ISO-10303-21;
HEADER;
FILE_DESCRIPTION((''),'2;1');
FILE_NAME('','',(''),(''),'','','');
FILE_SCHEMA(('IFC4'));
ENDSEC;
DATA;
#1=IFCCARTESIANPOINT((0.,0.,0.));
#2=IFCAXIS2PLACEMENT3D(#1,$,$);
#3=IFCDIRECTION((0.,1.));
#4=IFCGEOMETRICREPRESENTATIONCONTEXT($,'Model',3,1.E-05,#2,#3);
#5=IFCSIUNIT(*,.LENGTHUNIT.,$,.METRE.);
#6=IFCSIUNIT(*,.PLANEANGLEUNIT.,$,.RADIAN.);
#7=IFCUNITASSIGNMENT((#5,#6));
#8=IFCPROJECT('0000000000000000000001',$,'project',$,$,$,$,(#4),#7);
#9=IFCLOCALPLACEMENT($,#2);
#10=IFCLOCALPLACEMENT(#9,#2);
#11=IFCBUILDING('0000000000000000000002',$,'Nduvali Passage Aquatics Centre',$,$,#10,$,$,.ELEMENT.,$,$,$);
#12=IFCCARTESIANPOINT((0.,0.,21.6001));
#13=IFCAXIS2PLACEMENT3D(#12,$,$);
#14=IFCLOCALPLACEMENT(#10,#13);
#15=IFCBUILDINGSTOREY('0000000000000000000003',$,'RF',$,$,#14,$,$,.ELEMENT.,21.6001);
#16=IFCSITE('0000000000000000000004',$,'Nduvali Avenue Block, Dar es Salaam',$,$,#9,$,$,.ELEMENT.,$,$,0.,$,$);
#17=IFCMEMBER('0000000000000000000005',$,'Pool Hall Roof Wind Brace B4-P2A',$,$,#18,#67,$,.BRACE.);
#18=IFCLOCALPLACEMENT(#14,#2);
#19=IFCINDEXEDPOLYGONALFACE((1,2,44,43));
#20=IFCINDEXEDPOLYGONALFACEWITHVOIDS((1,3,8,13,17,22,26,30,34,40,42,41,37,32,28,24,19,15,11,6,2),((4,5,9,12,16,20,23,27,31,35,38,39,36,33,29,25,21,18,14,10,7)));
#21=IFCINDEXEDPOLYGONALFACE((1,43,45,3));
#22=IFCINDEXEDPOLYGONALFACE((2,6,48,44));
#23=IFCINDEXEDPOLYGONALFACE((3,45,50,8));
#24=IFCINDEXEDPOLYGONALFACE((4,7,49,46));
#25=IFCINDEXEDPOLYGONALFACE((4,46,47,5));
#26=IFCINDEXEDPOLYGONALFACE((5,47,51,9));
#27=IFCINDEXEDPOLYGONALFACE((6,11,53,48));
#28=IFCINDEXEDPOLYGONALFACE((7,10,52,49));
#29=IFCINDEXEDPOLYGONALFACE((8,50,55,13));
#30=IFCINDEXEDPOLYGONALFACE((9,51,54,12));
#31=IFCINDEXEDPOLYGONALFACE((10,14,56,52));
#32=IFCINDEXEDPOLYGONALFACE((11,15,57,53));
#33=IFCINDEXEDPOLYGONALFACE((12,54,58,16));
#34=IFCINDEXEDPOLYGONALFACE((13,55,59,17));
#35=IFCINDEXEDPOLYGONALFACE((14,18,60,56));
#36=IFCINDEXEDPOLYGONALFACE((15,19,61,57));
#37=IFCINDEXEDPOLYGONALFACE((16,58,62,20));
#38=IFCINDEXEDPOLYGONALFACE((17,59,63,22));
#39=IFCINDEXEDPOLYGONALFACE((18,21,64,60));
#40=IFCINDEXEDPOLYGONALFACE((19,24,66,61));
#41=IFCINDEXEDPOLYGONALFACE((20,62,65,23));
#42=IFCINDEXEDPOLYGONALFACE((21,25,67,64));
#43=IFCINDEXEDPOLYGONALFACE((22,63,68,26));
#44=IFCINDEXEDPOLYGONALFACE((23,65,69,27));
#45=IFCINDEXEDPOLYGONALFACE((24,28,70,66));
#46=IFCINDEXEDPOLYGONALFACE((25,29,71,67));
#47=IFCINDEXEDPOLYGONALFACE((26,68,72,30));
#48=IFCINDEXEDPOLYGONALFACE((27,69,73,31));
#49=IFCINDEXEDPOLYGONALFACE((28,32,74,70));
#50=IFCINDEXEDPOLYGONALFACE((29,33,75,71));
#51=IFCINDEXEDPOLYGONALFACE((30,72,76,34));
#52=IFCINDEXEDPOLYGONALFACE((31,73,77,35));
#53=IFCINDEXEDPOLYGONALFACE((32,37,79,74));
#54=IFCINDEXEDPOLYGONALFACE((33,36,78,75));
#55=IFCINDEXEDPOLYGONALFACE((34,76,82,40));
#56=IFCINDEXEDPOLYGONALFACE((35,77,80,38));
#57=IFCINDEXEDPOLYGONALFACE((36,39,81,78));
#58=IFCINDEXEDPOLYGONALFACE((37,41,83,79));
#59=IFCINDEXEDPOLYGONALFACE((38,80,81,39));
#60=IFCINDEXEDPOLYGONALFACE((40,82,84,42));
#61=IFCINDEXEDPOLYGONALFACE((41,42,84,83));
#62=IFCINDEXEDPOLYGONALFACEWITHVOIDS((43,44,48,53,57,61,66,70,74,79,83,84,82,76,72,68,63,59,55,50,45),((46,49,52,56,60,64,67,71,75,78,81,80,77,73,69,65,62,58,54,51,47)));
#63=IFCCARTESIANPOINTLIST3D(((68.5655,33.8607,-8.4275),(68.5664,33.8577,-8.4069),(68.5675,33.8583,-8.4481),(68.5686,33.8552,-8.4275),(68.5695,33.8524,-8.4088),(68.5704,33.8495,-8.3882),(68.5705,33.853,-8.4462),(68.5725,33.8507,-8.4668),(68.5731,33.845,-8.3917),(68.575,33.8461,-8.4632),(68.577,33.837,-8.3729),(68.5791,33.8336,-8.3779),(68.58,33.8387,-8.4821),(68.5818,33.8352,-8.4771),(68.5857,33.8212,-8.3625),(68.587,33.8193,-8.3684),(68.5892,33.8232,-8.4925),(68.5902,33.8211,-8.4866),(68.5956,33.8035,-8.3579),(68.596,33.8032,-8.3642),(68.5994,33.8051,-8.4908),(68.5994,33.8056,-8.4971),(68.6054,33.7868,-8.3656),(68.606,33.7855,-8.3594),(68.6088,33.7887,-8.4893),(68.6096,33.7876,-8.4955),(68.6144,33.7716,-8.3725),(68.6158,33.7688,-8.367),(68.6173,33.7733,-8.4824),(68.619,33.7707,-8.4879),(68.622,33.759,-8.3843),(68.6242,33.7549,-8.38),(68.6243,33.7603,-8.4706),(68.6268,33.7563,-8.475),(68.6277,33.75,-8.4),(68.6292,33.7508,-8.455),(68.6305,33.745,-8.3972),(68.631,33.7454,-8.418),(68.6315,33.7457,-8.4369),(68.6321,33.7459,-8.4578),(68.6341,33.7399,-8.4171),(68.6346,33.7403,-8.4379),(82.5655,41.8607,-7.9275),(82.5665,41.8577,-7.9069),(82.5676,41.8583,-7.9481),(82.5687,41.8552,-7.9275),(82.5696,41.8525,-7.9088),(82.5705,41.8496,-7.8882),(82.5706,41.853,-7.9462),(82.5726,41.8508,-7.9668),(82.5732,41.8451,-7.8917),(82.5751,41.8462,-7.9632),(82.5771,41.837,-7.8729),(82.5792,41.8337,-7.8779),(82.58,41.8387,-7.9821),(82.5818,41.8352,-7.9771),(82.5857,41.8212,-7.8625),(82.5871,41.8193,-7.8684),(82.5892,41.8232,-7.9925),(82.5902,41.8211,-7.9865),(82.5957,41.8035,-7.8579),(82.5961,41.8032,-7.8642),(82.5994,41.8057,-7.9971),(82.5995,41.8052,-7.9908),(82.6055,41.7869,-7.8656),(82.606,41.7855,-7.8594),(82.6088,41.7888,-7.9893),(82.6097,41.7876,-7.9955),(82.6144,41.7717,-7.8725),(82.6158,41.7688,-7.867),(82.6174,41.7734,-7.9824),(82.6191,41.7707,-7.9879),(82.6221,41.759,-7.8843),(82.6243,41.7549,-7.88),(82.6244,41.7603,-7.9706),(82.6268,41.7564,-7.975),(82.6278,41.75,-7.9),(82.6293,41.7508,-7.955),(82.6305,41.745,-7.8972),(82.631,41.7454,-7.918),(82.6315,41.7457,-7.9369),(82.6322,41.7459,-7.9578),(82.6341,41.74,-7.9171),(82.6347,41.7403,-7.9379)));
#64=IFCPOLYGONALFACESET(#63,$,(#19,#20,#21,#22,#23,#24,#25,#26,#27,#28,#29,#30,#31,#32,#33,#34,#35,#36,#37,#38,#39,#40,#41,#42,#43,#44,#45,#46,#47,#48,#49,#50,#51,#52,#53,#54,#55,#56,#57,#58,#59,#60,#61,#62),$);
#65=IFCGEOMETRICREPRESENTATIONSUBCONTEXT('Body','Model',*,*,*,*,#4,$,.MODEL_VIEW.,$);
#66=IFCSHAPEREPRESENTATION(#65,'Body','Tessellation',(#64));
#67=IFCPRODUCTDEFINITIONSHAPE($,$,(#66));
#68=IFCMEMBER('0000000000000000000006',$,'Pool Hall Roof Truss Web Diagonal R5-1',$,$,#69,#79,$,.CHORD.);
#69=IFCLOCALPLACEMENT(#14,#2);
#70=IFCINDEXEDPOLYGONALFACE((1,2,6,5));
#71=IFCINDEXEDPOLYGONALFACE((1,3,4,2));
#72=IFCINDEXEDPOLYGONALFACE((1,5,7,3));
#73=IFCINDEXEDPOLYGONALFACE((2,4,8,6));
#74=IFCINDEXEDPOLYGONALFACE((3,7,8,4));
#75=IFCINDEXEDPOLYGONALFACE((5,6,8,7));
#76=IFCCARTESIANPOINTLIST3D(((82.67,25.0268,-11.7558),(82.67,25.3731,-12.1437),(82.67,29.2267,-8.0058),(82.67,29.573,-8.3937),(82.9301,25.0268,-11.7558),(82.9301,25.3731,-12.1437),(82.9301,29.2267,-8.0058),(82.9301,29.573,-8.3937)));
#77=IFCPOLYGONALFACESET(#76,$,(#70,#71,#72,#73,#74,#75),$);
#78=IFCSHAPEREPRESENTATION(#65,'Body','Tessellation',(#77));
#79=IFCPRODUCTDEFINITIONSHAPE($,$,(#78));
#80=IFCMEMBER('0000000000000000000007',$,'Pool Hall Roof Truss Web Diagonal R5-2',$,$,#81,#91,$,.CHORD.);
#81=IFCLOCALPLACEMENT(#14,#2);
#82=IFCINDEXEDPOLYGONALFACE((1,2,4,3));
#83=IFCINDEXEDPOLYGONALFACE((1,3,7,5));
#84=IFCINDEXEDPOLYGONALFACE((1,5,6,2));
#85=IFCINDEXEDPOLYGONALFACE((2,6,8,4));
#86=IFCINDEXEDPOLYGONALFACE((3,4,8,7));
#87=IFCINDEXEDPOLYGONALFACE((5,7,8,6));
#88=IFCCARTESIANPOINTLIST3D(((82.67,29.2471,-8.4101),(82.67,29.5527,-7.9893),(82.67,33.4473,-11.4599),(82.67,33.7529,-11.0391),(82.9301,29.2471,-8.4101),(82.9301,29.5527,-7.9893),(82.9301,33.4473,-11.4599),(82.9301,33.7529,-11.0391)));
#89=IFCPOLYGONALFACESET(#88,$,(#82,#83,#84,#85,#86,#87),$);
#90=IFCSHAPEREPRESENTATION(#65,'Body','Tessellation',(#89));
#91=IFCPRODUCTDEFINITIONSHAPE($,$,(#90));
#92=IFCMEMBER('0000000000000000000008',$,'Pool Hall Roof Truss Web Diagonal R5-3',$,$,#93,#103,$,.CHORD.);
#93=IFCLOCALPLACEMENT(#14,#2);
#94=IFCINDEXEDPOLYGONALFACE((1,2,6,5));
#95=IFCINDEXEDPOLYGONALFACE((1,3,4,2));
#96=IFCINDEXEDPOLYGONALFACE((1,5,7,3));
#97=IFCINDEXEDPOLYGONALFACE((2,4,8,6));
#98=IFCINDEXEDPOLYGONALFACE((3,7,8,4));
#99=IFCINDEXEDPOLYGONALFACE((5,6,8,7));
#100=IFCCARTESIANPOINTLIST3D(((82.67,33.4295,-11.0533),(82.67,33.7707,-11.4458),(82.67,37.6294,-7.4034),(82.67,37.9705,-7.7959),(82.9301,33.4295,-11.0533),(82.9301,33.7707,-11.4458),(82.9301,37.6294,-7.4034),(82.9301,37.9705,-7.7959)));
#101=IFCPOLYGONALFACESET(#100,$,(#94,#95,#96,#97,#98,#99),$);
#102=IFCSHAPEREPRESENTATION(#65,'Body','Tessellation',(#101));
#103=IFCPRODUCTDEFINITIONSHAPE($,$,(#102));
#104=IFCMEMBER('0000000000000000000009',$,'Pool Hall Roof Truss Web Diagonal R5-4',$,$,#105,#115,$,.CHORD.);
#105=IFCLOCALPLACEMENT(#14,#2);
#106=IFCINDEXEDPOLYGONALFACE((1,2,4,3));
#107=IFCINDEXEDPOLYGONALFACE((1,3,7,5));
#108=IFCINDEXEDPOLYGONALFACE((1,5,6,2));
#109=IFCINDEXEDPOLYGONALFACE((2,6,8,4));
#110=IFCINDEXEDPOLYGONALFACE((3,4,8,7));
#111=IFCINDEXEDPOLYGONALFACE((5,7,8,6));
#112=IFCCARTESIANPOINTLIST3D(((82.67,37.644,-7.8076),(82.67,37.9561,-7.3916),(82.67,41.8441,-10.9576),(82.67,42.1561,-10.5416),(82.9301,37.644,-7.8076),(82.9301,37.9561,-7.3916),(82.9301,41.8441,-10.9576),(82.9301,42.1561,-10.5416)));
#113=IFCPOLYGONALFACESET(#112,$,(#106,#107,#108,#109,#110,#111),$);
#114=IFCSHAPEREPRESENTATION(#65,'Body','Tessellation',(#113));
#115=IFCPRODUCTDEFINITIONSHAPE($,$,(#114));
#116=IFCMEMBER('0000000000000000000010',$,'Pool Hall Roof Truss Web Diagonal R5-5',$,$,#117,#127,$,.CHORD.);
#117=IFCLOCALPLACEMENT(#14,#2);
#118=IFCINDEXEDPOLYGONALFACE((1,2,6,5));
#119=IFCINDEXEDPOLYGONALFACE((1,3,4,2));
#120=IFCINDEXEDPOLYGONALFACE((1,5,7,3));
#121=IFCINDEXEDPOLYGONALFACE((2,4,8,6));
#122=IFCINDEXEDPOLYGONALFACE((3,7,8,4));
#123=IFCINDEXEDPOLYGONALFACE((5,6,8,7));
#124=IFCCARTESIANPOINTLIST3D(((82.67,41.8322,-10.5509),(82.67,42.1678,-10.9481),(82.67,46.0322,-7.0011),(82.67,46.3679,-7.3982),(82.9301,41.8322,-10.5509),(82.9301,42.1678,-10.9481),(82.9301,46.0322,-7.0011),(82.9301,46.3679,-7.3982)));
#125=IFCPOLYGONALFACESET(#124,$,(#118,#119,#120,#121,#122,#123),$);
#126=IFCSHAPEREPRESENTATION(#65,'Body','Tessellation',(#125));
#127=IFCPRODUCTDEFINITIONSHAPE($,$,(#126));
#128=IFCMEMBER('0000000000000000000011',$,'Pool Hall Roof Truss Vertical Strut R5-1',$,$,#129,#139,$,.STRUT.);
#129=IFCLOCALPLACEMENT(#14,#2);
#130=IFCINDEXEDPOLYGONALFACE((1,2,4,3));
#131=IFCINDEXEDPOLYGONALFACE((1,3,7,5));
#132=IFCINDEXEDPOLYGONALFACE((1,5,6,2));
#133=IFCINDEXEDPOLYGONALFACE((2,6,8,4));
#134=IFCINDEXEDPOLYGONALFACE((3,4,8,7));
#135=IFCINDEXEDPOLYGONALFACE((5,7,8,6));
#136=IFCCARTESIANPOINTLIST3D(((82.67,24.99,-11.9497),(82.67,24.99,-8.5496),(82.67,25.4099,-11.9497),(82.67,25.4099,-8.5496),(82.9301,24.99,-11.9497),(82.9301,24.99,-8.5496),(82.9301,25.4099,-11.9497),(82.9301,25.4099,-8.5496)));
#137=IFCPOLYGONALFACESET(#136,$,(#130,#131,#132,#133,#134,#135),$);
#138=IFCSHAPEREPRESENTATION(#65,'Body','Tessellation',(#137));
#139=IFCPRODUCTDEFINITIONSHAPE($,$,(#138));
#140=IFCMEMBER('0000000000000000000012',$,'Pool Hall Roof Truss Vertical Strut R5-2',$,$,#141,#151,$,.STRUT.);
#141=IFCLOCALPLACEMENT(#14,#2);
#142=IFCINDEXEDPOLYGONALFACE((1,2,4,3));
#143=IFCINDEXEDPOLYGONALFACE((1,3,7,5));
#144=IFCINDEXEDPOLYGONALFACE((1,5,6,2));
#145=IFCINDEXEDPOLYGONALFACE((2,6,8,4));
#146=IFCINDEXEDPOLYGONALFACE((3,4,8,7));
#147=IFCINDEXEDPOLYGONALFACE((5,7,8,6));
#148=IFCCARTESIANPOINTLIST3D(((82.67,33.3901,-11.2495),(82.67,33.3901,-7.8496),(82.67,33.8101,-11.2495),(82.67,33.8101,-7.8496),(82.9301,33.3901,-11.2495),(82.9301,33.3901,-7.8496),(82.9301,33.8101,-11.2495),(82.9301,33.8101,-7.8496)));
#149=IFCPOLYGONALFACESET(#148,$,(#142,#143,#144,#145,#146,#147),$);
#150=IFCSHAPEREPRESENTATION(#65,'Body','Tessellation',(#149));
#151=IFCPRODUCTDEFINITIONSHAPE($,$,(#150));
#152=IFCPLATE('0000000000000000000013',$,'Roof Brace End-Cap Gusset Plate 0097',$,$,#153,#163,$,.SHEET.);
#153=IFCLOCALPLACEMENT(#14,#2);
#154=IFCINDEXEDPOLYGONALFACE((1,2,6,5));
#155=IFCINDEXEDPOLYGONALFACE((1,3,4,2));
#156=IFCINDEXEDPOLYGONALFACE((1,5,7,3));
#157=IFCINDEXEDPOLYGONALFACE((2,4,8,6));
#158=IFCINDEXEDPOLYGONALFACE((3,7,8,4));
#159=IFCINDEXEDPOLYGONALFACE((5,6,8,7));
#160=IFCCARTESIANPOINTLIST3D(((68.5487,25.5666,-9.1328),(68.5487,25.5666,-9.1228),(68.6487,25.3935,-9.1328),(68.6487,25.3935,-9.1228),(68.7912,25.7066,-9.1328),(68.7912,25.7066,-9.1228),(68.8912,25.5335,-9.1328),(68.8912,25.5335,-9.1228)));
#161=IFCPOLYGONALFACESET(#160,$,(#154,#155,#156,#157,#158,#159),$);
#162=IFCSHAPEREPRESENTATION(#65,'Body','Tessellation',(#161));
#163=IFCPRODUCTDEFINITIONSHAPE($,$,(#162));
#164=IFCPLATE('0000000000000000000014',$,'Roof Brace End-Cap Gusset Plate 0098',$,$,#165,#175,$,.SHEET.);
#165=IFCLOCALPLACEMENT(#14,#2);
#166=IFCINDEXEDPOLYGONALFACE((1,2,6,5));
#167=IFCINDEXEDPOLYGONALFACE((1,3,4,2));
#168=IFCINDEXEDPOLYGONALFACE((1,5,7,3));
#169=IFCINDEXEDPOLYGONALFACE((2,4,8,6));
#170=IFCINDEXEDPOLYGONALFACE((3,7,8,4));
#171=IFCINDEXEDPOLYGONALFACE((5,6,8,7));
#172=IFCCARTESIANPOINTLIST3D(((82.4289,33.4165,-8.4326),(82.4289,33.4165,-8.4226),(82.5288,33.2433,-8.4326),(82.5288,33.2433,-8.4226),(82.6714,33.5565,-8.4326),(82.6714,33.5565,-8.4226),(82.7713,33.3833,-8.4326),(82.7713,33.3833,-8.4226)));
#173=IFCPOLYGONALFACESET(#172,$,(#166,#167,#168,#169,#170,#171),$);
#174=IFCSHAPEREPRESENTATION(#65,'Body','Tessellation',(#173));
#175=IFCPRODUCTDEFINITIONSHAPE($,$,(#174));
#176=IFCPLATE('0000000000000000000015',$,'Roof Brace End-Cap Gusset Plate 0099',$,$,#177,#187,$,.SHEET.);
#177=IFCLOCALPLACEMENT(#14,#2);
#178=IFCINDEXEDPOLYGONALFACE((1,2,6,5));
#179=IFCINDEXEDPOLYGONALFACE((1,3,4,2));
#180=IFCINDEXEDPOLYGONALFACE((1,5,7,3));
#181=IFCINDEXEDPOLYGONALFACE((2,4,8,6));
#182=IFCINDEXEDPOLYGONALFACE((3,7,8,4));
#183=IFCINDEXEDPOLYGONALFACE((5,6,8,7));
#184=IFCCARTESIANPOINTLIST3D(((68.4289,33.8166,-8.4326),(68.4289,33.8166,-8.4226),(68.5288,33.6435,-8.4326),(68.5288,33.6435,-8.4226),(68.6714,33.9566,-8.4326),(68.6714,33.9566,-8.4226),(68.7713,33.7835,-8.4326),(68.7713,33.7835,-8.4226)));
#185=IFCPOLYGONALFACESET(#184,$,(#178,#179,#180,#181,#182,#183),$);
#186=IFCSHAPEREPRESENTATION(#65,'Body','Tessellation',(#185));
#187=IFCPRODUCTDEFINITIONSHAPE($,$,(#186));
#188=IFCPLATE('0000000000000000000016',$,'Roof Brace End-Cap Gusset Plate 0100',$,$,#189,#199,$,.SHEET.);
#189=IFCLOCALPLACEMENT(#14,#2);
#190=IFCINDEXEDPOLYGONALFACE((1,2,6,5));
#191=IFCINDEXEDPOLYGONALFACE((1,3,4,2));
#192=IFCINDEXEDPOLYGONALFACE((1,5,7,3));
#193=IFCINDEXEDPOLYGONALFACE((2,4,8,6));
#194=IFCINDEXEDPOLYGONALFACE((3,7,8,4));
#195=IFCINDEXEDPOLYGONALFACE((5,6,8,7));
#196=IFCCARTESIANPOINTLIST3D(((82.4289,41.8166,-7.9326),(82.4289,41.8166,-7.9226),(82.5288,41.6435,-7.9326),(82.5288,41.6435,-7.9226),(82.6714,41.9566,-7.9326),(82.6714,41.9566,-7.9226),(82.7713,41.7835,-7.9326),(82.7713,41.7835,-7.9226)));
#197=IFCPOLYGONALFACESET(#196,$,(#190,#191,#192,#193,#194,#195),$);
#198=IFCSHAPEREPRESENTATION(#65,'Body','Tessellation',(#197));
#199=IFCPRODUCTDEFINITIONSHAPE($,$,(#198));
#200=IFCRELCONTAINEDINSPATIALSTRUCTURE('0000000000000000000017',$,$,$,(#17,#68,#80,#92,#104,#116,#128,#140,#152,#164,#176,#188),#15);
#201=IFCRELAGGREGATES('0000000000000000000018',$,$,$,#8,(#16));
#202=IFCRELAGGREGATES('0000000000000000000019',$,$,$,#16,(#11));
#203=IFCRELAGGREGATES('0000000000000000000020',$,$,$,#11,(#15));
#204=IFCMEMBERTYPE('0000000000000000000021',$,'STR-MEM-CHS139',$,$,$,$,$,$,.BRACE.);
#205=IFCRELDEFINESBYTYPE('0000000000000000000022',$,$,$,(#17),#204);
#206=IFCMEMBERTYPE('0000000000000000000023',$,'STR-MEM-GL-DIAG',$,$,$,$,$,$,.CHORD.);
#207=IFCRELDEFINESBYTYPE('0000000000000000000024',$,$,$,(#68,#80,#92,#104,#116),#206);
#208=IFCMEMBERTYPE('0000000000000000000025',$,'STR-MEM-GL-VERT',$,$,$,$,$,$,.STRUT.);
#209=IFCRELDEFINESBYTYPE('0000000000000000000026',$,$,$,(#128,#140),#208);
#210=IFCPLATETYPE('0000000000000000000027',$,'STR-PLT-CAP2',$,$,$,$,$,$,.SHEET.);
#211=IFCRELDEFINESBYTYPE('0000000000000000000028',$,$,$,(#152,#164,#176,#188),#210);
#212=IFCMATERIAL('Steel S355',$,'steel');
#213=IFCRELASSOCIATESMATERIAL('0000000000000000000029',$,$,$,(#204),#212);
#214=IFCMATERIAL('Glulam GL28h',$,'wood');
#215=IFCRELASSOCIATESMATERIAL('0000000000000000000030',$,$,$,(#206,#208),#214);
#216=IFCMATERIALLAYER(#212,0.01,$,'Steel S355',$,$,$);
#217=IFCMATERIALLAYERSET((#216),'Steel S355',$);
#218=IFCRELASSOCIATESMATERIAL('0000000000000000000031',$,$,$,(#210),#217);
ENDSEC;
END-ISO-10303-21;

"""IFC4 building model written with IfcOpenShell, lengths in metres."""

from ifc_helpers import new_model, si_unit, direction, frame, origin, origin_2d, place, context, subcontext, project, spatial, rectangle, hollow_circle, extrude, material, layer, layer_set, material_profile, profile_set, type_object, element, save


model = new_model("IFC4")

# Units and contexts
model_context = context("Model", 3, precision=1e-05, world=origin(), true_north=direction((0.0, 1.0)))
body_context = subcontext(model_context, "Body", "Model", "MODEL_VIEW")
ifc_project = project(units=[si_unit("LENGTHUNIT", "METRE"), si_unit("PLANEANGLEUNIT", "RADIAN")], contexts=[model_context])

# Site, building, storey
site_placement = place(None, origin())
site = spatial("IfcSite", under=ifc_project, at=site_placement, Name="Nduvali Avenue Block, Dar es Salaam", CompositionType="ELEMENT", RefElevation=0.0)
building_placement = place(site_placement, origin())
building = spatial("IfcBuilding", under=site, at=building_placement, Name="Nduvali Passage Aquatics Centre", CompositionType="ELEMENT")
storey_placement = place(building_placement, frame((0.0, 0.0, 21.6001)))
storey = spatial("IfcBuildingStorey", under=building, at=storey_placement, Name="RF", CompositionType="ELEMENT", Elevation=21.6001)

# Members
ifc_material_1 = material(Name="Steel S355", Category="steel")
ifc_material_profile_1 = material_profile(ifc_material_1, hollow_circle(Radius=0.0698, WallThickness=0.0063, at=origin_2d()), Name="CHS 139.7x6.3")
ifc_profile_set_1 = profile_set([ifc_material_profile_1], Name="Steel S355")
member_type_1 = type_object("IfcMemberType", Name="STR-MEM-CHS139", PredefinedType="BRACE", material=ifc_profile_set_1)
member_1_placement = place(storey_placement, frame((68.6001, 33.8, -8.4275), z_axis=(0.867826, 0.495901, 0.030994), x_axis=(-0.496139, 0.868243, 0.0)))
element("IfcMember", 1, at=member_1_placement, inside=storey, type_object=member_type_1, Name="Pool Hall Roof Wind Brace B4-P2A", PredefinedType="BRACE", context=body_context, shape_type="SweptSolid", body=[
    extrude(hollow_circle(Radius=0.0698, WallThickness=0.0063, at=origin_2d()), origin(), (0.0, 0.0, 1.0), 16.1323),
])
ifc_material_2 = material(Name="Glulam GL28h", Category="wood")
ifc_material_profile_2 = material_profile(ifc_material_2, rectangle(XDim=0.26, YDim=0.52, at=origin_2d()), Name="GL28h 260x520")
ifc_profile_set_2 = profile_set([ifc_material_profile_2], Name="Glulam GL28h")
member_type_2 = type_object("IfcMemberType", Name="STR-MEM-GL-DIAG", PredefinedType="CHORD", material=ifc_profile_set_2)
member_2_placement = place(storey_placement, frame((82.8, 25.2, -11.9497), z_axis=(0.0, 0.745934, 0.66602), x_axis=(-1.0, 0.0, 0.0)))
element("IfcMember", 2, at=member_2_placement, inside=storey, type_object=member_type_2, Name="Pool Hall Roof Truss Web Diagonal R5-1", PredefinedType="CHORD", context=body_context, shape_type="SweptSolid", body=[
    extrude(rectangle(XDim=0.26, YDim=0.52, at=origin_2d()), origin(), (0.0, 0.0, 1.0), 5.6304),
])
member_3_placement = place(storey_placement, frame((82.8, 29.3999, -8.1997), z_axis=(0.0, 0.809183, -0.587556), x_axis=(-1.0, 0.0, 0.0)))
element("IfcMember", 3, at=member_3_placement, inside=storey, type_object=member_type_2, Name="Pool Hall Roof Truss Web Diagonal R5-2", PredefinedType="CHORD", context=body_context, shape_type="SweptSolid", body=[
    extrude(rectangle(XDim=0.26, YDim=0.52, at=origin_2d()), origin(), (0.0, 0.0, 1.0), 5.1907),
])
member_4_placement = place(storey_placement, frame((82.8, 33.6001, -11.2495), z_axis=(0.0, 0.754804, 0.655951), x_axis=(-1.0, 0.0, 0.0)))
element("IfcMember", 4, at=member_4_placement, inside=storey, type_object=member_type_2, Name="Pool Hall Roof Truss Web Diagonal R5-3", PredefinedType="CHORD", context=body_context, shape_type="SweptSolid", body=[
    extrude(rectangle(XDim=0.26, YDim=0.52, at=origin_2d()), origin(), (0.0, 0.0, 1.0), 5.5642),
])
member_5_placement = place(storey_placement, frame((82.8, 37.8, -7.5996), z_axis=(0.0, 0.800006, -0.599993), x_axis=(-1.0, 0.0, 0.0)))
element("IfcMember", 5, at=member_5_placement, inside=storey, type_object=member_type_2, Name="Pool Hall Roof Truss Web Diagonal R5-4", PredefinedType="CHORD", context=body_context, shape_type="SweptSolid", body=[
    extrude(rectangle(XDim=0.26, YDim=0.52, at=origin_2d()), origin(), (0.0, 0.0, 1.0), 5.25),
])
member_6_placement = place(storey_placement, frame((82.8, 42.0, -10.7495), z_axis=(0.0, 0.763745, 0.645518), x_axis=(-1.0, 0.0, 0.0)))
element("IfcMember", 6, at=member_6_placement, inside=storey, type_object=member_type_2, Name="Pool Hall Roof Truss Web Diagonal R5-5", PredefinedType="CHORD", context=body_context, shape_type="SweptSolid", body=[
    extrude(rectangle(XDim=0.26, YDim=0.52, at=origin_2d()), origin(), (0.0, 0.0, 1.0), 5.4993),
])
ifc_material_profile_3 = material_profile(ifc_material_2, rectangle(XDim=0.26, YDim=0.4199, at=origin_2d()), Name="GL28h 260x420")
ifc_profile_set_3 = profile_set([ifc_material_profile_3], Name="Glulam GL28h")
member_type_3 = type_object("IfcMemberType", Name="STR-MEM-GL-VERT", PredefinedType="STRUT", material=ifc_profile_set_3)
member_7_placement = place(storey_placement, frame((82.8, 25.2, -11.9497), z_axis=(0.0, 0.0, 1.0), x_axis=(1.0, 0.0, 0.0)))
element("IfcMember", 7, at=member_7_placement, inside=storey, type_object=member_type_3, Name="Pool Hall Roof Truss Vertical Strut R5-1", PredefinedType="STRUT", context=body_context, shape_type="SweptSolid", body=[
    extrude(rectangle(XDim=0.26, YDim=0.4199, at=origin_2d()), origin(), (0.0, 0.0, 1.0), 3.4001),
])
member_8_placement = place(storey_placement, frame((82.8, 33.6001, -11.2495), z_axis=(0.0, 0.0, 1.0), x_axis=(1.0, 0.0, 0.0)))
element("IfcMember", 8, at=member_8_placement, inside=storey, type_object=member_type_3, Name="Pool Hall Roof Truss Vertical Strut R5-2", PredefinedType="STRUT", context=body_context, shape_type="SweptSolid", body=[
    extrude(rectangle(XDim=0.26, YDim=0.4199, at=origin_2d()), origin(), (0.0, 0.0, 1.0), 3.3999),
])

# Plates
ifc_layer_1 = layer(ifc_material_1, 0.01, Name="Steel S355")
ifc_layer_set_1 = layer_set([ifc_layer_1], Name="Steel S355")
plate_type_1 = type_object("IfcPlateType", Name="STR-PLT-CAP2", PredefinedType="SHEET", material=ifc_layer_set_1)
for number, where, z_axis, x_axis, name in (
    (9, (68.72, 25.55, -9.1328), (0.0, 0.0, 1.0), (0.866025, 0.5, 0.0), "Roof Brace End-Cap Gusset Plate 0097"),
    (10, (82.6001, 33.3999, -8.4326), (0.0, 0.0, 1.0), (0.866025, 0.5, 0.0), "Roof Brace End-Cap Gusset Plate 0098"),
    (11, (68.6001, 33.8, -8.4326), (0.0, 0.0, 1.0), (0.866025, 0.5, 0.0), "Roof Brace End-Cap Gusset Plate 0099"),
    (12, (82.6001, 41.8, -7.9326), (0.0, 0.0, 1.0), (0.866025, 0.5, 0.0), "Roof Brace End-Cap Gusset Plate 0100"),
):
    element("IfcPlate", number, at=place(storey_placement, frame(where, z_axis=z_axis, x_axis=x_axis)), inside=storey, type_object=plate_type_1, Name=name, PredefinedType="SHEET", context=body_context, shape_type="SweptSolid", body=[
        extrude(rectangle(XDim=0.28, YDim=0.2, at=origin_2d()), origin(), (0.0, 0.0, 1.0), 0.01),
    ])

save(model, "model.ifc")
